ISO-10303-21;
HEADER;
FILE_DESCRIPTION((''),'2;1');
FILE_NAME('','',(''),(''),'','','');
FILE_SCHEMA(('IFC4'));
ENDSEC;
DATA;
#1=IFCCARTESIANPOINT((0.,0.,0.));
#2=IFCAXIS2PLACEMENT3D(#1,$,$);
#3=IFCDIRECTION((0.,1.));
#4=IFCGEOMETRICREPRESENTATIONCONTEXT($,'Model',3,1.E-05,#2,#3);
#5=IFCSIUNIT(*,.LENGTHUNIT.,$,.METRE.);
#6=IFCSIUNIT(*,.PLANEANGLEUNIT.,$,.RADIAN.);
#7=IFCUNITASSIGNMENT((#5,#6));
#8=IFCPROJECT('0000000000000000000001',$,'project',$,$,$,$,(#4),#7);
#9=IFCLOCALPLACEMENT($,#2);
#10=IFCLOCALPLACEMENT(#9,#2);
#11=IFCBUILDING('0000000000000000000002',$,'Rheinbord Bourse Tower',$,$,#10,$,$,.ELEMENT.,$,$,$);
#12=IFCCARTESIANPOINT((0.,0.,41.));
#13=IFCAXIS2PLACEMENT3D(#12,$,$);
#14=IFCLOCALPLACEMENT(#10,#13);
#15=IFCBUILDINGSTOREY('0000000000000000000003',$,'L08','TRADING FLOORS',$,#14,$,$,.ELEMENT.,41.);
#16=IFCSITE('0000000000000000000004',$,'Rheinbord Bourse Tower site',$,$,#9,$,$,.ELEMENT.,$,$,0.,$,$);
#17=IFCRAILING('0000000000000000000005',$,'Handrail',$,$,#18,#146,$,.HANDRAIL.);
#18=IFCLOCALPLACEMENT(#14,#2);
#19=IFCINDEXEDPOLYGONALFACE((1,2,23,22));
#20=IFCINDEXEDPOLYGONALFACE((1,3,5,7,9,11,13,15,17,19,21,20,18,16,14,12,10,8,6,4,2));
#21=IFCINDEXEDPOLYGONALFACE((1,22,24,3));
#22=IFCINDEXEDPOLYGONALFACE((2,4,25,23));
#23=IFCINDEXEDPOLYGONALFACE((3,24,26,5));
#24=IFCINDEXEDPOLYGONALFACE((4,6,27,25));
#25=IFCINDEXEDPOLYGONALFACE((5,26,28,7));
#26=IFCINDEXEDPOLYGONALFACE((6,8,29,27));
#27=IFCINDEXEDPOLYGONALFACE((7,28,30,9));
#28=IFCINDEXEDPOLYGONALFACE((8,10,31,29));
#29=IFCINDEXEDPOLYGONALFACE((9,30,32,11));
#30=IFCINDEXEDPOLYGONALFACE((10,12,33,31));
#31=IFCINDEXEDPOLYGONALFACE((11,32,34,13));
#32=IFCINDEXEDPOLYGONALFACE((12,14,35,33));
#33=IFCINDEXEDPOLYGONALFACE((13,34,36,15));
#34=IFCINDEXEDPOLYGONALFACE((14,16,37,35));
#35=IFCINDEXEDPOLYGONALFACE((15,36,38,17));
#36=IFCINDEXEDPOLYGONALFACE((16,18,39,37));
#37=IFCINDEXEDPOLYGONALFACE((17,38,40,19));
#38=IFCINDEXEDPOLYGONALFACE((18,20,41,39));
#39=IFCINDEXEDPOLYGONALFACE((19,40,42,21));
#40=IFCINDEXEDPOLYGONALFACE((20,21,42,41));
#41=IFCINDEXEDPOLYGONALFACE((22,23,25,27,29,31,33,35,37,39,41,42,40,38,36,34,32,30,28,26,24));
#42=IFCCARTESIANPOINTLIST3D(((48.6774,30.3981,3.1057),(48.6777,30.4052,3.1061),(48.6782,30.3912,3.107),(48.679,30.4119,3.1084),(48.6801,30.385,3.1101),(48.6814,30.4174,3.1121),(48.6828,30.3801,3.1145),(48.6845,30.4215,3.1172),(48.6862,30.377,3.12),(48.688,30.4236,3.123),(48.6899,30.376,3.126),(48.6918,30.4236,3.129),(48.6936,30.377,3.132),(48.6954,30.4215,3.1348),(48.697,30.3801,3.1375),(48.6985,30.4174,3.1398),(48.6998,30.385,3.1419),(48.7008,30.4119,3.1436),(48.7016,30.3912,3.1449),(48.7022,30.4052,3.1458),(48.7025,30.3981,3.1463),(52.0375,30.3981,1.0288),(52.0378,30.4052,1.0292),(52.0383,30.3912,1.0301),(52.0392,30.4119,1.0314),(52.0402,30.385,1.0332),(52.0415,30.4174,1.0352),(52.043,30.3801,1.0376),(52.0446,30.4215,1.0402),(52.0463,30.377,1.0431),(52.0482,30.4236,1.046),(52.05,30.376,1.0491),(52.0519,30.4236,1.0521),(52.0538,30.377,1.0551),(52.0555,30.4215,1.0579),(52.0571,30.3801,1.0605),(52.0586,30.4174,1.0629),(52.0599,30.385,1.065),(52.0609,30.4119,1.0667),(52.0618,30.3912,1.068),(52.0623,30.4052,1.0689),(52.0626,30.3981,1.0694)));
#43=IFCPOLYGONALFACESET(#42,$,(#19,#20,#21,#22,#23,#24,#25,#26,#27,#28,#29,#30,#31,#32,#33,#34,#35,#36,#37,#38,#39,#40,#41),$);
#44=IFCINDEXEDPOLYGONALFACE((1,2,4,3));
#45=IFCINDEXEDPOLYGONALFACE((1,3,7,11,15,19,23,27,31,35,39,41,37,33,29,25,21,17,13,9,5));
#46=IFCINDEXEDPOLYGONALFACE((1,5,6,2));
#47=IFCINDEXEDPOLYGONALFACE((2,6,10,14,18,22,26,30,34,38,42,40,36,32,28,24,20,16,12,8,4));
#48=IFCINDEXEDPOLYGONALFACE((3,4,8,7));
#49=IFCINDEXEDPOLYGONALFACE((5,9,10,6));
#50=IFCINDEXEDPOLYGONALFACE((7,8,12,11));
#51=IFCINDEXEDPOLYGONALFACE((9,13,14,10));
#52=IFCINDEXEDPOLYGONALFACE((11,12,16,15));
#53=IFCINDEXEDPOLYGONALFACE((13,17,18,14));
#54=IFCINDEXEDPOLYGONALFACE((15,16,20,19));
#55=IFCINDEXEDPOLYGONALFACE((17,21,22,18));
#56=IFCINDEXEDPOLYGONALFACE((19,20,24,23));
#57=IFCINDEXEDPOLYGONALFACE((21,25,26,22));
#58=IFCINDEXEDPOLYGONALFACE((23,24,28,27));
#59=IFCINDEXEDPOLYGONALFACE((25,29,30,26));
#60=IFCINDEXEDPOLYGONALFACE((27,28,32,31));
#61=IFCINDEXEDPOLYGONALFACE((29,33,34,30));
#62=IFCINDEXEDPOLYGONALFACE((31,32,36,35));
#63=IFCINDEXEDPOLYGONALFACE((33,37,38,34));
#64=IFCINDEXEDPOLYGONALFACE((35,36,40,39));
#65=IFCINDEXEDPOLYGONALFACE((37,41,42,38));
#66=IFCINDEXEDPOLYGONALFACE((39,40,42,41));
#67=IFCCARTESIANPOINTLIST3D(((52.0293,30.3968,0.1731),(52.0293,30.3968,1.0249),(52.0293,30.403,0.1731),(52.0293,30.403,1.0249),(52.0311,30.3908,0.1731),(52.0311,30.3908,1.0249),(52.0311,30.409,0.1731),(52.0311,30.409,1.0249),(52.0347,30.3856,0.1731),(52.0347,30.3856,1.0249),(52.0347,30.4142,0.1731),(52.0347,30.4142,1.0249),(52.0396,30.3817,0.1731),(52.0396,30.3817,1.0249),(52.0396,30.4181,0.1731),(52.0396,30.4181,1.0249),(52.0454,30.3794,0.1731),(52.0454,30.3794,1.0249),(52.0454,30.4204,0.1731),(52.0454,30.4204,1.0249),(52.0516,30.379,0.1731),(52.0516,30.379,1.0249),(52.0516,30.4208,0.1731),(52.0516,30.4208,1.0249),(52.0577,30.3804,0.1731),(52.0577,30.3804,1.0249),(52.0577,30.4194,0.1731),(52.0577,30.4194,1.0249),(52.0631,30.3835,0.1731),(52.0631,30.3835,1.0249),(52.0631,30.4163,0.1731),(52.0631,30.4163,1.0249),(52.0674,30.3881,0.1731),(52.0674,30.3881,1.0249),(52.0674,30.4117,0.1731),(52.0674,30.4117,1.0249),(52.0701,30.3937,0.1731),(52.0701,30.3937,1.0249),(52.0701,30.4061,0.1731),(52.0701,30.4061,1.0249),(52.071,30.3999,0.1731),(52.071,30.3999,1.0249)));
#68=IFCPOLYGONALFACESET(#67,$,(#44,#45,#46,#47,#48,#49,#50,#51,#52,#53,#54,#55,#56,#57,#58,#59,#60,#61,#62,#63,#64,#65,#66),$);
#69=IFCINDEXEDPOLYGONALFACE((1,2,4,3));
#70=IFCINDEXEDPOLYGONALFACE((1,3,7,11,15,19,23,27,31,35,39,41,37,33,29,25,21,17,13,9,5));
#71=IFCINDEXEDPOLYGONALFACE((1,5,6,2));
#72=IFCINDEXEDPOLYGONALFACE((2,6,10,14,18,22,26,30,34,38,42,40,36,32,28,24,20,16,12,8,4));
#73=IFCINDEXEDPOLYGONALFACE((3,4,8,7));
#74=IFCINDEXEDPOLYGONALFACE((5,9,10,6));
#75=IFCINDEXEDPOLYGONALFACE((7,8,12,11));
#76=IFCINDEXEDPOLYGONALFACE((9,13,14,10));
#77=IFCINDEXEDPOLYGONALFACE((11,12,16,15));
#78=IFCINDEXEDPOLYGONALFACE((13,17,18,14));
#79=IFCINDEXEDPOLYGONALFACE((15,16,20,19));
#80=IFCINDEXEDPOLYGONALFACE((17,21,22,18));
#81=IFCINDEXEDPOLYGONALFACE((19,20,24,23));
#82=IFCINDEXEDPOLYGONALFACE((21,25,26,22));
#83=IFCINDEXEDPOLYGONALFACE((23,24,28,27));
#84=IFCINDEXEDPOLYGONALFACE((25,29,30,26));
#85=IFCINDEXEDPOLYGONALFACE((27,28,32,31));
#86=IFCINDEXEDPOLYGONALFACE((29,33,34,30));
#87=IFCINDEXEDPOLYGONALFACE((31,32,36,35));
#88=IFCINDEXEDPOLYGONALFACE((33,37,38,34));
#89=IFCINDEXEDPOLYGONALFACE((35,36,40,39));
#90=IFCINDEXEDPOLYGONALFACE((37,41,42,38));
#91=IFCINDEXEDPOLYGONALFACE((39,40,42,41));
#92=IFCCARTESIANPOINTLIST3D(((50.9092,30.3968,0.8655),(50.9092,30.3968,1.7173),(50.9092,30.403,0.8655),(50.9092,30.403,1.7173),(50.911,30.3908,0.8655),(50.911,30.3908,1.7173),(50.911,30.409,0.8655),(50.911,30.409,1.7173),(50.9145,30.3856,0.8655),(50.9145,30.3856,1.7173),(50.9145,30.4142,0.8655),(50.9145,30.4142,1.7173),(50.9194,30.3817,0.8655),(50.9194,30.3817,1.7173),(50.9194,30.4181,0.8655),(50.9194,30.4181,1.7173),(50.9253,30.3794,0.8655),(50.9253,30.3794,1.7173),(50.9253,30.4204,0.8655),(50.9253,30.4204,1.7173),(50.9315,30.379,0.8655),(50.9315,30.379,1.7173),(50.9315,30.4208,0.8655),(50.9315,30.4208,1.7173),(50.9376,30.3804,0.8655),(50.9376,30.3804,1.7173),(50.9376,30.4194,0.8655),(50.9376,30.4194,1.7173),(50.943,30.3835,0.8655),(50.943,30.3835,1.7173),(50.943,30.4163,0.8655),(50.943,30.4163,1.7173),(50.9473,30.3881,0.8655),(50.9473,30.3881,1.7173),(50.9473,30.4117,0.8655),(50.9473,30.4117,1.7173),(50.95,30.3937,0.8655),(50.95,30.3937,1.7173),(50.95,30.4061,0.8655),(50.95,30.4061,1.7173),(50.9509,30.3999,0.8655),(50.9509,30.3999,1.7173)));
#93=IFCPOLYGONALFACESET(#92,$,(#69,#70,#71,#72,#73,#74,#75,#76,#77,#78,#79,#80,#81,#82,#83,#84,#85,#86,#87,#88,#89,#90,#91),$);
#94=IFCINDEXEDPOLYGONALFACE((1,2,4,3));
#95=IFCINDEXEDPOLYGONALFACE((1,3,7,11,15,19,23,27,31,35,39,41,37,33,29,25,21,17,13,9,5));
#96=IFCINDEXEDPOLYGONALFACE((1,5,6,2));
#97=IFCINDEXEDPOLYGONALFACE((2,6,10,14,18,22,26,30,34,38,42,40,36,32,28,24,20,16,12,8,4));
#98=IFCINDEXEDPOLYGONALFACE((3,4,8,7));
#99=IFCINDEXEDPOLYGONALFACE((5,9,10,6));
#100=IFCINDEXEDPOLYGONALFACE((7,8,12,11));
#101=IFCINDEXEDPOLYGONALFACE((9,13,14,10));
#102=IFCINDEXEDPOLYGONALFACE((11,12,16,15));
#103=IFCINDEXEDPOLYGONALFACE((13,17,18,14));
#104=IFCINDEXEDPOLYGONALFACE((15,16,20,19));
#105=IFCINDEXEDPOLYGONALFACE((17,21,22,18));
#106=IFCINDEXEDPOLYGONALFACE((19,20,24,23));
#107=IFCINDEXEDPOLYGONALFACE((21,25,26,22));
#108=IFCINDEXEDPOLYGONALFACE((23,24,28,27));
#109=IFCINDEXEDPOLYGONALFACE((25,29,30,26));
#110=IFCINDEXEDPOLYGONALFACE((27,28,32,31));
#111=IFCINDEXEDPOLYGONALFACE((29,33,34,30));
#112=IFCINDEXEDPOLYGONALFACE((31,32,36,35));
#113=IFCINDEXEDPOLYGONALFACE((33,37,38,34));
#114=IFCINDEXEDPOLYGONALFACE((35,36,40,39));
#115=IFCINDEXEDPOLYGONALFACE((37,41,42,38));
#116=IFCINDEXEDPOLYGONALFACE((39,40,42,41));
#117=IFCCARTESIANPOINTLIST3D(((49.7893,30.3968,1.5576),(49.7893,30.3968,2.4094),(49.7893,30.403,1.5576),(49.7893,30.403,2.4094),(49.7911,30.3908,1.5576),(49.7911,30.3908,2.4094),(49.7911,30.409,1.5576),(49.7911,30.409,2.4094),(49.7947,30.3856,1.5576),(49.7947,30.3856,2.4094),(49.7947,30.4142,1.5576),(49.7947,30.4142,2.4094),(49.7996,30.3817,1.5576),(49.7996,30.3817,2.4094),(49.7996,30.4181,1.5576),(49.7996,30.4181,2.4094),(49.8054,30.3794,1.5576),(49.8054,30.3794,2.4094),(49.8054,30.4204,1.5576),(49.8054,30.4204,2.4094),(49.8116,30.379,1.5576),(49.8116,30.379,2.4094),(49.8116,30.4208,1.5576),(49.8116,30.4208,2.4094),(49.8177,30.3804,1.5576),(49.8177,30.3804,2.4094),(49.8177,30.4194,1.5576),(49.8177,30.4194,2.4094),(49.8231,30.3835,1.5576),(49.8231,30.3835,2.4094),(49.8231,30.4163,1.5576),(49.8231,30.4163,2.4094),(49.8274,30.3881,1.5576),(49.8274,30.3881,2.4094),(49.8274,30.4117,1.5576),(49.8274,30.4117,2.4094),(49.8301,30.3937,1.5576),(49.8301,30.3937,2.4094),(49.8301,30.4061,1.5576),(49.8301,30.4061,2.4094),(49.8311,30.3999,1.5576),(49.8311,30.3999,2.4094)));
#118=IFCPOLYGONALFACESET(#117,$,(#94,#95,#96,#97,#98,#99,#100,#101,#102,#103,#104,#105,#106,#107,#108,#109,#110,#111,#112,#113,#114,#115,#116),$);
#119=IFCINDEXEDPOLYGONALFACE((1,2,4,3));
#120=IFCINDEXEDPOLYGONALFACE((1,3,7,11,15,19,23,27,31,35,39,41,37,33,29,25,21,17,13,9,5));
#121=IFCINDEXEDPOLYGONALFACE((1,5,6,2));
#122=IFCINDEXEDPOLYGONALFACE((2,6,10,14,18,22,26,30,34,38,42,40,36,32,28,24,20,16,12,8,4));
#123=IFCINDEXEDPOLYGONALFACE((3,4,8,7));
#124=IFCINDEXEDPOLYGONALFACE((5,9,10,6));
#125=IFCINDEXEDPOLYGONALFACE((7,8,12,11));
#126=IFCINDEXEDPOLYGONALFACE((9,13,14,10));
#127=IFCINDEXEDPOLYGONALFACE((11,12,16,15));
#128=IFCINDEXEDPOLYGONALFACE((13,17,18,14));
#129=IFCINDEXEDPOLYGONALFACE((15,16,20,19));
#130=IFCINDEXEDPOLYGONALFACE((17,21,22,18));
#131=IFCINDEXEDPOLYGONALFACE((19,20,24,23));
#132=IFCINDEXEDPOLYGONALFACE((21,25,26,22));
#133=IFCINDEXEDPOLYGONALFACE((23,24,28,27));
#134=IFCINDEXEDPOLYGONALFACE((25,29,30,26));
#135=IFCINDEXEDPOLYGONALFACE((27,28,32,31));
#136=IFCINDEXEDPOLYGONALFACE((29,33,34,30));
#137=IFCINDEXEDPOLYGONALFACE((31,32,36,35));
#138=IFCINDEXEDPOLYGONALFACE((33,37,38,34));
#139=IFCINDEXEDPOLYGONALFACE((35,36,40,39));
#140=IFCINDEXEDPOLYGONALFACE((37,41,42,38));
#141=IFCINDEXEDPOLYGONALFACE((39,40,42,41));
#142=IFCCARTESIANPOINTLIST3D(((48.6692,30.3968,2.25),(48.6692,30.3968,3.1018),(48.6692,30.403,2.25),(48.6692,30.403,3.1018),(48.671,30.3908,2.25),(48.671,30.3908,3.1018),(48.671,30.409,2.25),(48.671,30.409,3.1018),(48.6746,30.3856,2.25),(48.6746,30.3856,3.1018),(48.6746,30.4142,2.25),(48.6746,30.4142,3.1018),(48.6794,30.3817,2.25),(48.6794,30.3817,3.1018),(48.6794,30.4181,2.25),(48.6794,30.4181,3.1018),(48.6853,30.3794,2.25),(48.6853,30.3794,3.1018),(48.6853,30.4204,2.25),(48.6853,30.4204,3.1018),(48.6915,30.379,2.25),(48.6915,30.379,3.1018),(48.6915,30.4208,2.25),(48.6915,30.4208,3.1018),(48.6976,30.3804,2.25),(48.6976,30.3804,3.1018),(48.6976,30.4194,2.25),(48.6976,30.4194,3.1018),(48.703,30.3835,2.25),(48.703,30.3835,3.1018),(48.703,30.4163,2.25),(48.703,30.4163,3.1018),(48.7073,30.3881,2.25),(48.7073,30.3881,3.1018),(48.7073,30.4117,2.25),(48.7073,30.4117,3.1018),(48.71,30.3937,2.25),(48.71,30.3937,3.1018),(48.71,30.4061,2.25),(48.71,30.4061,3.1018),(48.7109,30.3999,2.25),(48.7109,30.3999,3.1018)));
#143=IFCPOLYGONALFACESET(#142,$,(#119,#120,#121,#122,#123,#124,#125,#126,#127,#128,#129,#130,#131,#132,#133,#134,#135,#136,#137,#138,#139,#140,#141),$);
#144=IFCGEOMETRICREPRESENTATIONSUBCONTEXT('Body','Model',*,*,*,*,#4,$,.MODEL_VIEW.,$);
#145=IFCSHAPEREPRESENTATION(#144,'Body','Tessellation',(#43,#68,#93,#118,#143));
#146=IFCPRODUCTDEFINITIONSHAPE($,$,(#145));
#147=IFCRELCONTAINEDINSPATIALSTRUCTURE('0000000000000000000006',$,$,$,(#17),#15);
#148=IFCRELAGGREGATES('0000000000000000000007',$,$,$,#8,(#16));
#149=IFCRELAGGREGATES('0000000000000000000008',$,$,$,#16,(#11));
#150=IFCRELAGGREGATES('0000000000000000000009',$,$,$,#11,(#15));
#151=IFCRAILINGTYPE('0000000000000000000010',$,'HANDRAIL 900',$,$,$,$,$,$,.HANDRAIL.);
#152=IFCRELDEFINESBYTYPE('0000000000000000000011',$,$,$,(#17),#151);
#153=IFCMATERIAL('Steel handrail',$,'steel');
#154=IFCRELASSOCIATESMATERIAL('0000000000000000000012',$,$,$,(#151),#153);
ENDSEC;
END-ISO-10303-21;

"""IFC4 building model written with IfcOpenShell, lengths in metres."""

from ifc_helpers import new_model, si_unit, direction, frame, origin, origin_2d, place, context, subcontext, project, spatial, circle, extrude, material, type_object, element, save


model = new_model("IFC4")

# Units and contexts
model_context = context("Model", 3, precision=1e-05, world=origin(), true_north=direction((0.0, 1.0)))
body_context = subcontext(model_context, "Body", "Model", "MODEL_VIEW")
ifc_project = project(units=[si_unit("LENGTHUNIT", "METRE"), si_unit("PLANEANGLEUNIT", "RADIAN")], contexts=[model_context])

# Site, building, storey
site_placement = place(None, origin())
site = spatial("IfcSite", under=ifc_project, at=site_placement, Name="Rheinbord Bourse Tower site", CompositionType="ELEMENT", RefElevation=0.0)
building_placement = place(site_placement, origin())
building = spatial("IfcBuilding", under=site, at=building_placement, Name="Rheinbord Bourse Tower", CompositionType="ELEMENT")
storey_placement = place(building_placement, frame((0.0, 0.0, 41.0)))
storey = spatial("IfcBuildingStorey", under=building, at=storey_placement, Name="L08", Description="TRADING FLOORS", CompositionType="ELEMENT", Elevation=41.0)

# Railing
ifc_material_1 = material(Name="Steel handrail", Category="steel")
railing_type = type_object("IfcRailingType", Name="HANDRAIL 900", PredefinedType="HANDRAIL", material=ifc_material_1)
railing_1_placement = place(storey_placement, frame((52.05, 30.3999, 0.1731)))
element("IfcRailing", 1, at=railing_1_placement, inside=storey, type_object=railing_type, Name="Handrail", PredefinedType="HANDRAIL", context=body_context, shape_type="SweptSolid", body=[
    extrude(circle(Radius=0.0239, at=origin_2d()), frame((0.0, 0.0, 0.876), z_axis=(-0.850623, 0.0, 0.525776), x_axis=(0.0, -1.0, 0.0)), (0.0, 0.0, 1.0), 3.9502),
    extrude(circle(Radius=0.021, at=origin_2d()), origin(), (0.0, 0.0, 1.0), 0.8518),
    extrude(circle(Radius=0.021, at=origin_2d()), frame((-1.1201, 0.0, 0.6924)), (0.0, 0.0, 1.0), 0.8518),
    extrude(circle(Radius=0.021, at=origin_2d()), frame((-2.24, 0.0, 1.3845)), (0.0, 0.0, 1.0), 0.8518),
    extrude(circle(Radius=0.021, at=origin_2d()), frame((-3.3601, 0.0, 2.0769)), (0.0, 0.0, 1.0), 0.8518),
])

save(model, "model.ifc")
